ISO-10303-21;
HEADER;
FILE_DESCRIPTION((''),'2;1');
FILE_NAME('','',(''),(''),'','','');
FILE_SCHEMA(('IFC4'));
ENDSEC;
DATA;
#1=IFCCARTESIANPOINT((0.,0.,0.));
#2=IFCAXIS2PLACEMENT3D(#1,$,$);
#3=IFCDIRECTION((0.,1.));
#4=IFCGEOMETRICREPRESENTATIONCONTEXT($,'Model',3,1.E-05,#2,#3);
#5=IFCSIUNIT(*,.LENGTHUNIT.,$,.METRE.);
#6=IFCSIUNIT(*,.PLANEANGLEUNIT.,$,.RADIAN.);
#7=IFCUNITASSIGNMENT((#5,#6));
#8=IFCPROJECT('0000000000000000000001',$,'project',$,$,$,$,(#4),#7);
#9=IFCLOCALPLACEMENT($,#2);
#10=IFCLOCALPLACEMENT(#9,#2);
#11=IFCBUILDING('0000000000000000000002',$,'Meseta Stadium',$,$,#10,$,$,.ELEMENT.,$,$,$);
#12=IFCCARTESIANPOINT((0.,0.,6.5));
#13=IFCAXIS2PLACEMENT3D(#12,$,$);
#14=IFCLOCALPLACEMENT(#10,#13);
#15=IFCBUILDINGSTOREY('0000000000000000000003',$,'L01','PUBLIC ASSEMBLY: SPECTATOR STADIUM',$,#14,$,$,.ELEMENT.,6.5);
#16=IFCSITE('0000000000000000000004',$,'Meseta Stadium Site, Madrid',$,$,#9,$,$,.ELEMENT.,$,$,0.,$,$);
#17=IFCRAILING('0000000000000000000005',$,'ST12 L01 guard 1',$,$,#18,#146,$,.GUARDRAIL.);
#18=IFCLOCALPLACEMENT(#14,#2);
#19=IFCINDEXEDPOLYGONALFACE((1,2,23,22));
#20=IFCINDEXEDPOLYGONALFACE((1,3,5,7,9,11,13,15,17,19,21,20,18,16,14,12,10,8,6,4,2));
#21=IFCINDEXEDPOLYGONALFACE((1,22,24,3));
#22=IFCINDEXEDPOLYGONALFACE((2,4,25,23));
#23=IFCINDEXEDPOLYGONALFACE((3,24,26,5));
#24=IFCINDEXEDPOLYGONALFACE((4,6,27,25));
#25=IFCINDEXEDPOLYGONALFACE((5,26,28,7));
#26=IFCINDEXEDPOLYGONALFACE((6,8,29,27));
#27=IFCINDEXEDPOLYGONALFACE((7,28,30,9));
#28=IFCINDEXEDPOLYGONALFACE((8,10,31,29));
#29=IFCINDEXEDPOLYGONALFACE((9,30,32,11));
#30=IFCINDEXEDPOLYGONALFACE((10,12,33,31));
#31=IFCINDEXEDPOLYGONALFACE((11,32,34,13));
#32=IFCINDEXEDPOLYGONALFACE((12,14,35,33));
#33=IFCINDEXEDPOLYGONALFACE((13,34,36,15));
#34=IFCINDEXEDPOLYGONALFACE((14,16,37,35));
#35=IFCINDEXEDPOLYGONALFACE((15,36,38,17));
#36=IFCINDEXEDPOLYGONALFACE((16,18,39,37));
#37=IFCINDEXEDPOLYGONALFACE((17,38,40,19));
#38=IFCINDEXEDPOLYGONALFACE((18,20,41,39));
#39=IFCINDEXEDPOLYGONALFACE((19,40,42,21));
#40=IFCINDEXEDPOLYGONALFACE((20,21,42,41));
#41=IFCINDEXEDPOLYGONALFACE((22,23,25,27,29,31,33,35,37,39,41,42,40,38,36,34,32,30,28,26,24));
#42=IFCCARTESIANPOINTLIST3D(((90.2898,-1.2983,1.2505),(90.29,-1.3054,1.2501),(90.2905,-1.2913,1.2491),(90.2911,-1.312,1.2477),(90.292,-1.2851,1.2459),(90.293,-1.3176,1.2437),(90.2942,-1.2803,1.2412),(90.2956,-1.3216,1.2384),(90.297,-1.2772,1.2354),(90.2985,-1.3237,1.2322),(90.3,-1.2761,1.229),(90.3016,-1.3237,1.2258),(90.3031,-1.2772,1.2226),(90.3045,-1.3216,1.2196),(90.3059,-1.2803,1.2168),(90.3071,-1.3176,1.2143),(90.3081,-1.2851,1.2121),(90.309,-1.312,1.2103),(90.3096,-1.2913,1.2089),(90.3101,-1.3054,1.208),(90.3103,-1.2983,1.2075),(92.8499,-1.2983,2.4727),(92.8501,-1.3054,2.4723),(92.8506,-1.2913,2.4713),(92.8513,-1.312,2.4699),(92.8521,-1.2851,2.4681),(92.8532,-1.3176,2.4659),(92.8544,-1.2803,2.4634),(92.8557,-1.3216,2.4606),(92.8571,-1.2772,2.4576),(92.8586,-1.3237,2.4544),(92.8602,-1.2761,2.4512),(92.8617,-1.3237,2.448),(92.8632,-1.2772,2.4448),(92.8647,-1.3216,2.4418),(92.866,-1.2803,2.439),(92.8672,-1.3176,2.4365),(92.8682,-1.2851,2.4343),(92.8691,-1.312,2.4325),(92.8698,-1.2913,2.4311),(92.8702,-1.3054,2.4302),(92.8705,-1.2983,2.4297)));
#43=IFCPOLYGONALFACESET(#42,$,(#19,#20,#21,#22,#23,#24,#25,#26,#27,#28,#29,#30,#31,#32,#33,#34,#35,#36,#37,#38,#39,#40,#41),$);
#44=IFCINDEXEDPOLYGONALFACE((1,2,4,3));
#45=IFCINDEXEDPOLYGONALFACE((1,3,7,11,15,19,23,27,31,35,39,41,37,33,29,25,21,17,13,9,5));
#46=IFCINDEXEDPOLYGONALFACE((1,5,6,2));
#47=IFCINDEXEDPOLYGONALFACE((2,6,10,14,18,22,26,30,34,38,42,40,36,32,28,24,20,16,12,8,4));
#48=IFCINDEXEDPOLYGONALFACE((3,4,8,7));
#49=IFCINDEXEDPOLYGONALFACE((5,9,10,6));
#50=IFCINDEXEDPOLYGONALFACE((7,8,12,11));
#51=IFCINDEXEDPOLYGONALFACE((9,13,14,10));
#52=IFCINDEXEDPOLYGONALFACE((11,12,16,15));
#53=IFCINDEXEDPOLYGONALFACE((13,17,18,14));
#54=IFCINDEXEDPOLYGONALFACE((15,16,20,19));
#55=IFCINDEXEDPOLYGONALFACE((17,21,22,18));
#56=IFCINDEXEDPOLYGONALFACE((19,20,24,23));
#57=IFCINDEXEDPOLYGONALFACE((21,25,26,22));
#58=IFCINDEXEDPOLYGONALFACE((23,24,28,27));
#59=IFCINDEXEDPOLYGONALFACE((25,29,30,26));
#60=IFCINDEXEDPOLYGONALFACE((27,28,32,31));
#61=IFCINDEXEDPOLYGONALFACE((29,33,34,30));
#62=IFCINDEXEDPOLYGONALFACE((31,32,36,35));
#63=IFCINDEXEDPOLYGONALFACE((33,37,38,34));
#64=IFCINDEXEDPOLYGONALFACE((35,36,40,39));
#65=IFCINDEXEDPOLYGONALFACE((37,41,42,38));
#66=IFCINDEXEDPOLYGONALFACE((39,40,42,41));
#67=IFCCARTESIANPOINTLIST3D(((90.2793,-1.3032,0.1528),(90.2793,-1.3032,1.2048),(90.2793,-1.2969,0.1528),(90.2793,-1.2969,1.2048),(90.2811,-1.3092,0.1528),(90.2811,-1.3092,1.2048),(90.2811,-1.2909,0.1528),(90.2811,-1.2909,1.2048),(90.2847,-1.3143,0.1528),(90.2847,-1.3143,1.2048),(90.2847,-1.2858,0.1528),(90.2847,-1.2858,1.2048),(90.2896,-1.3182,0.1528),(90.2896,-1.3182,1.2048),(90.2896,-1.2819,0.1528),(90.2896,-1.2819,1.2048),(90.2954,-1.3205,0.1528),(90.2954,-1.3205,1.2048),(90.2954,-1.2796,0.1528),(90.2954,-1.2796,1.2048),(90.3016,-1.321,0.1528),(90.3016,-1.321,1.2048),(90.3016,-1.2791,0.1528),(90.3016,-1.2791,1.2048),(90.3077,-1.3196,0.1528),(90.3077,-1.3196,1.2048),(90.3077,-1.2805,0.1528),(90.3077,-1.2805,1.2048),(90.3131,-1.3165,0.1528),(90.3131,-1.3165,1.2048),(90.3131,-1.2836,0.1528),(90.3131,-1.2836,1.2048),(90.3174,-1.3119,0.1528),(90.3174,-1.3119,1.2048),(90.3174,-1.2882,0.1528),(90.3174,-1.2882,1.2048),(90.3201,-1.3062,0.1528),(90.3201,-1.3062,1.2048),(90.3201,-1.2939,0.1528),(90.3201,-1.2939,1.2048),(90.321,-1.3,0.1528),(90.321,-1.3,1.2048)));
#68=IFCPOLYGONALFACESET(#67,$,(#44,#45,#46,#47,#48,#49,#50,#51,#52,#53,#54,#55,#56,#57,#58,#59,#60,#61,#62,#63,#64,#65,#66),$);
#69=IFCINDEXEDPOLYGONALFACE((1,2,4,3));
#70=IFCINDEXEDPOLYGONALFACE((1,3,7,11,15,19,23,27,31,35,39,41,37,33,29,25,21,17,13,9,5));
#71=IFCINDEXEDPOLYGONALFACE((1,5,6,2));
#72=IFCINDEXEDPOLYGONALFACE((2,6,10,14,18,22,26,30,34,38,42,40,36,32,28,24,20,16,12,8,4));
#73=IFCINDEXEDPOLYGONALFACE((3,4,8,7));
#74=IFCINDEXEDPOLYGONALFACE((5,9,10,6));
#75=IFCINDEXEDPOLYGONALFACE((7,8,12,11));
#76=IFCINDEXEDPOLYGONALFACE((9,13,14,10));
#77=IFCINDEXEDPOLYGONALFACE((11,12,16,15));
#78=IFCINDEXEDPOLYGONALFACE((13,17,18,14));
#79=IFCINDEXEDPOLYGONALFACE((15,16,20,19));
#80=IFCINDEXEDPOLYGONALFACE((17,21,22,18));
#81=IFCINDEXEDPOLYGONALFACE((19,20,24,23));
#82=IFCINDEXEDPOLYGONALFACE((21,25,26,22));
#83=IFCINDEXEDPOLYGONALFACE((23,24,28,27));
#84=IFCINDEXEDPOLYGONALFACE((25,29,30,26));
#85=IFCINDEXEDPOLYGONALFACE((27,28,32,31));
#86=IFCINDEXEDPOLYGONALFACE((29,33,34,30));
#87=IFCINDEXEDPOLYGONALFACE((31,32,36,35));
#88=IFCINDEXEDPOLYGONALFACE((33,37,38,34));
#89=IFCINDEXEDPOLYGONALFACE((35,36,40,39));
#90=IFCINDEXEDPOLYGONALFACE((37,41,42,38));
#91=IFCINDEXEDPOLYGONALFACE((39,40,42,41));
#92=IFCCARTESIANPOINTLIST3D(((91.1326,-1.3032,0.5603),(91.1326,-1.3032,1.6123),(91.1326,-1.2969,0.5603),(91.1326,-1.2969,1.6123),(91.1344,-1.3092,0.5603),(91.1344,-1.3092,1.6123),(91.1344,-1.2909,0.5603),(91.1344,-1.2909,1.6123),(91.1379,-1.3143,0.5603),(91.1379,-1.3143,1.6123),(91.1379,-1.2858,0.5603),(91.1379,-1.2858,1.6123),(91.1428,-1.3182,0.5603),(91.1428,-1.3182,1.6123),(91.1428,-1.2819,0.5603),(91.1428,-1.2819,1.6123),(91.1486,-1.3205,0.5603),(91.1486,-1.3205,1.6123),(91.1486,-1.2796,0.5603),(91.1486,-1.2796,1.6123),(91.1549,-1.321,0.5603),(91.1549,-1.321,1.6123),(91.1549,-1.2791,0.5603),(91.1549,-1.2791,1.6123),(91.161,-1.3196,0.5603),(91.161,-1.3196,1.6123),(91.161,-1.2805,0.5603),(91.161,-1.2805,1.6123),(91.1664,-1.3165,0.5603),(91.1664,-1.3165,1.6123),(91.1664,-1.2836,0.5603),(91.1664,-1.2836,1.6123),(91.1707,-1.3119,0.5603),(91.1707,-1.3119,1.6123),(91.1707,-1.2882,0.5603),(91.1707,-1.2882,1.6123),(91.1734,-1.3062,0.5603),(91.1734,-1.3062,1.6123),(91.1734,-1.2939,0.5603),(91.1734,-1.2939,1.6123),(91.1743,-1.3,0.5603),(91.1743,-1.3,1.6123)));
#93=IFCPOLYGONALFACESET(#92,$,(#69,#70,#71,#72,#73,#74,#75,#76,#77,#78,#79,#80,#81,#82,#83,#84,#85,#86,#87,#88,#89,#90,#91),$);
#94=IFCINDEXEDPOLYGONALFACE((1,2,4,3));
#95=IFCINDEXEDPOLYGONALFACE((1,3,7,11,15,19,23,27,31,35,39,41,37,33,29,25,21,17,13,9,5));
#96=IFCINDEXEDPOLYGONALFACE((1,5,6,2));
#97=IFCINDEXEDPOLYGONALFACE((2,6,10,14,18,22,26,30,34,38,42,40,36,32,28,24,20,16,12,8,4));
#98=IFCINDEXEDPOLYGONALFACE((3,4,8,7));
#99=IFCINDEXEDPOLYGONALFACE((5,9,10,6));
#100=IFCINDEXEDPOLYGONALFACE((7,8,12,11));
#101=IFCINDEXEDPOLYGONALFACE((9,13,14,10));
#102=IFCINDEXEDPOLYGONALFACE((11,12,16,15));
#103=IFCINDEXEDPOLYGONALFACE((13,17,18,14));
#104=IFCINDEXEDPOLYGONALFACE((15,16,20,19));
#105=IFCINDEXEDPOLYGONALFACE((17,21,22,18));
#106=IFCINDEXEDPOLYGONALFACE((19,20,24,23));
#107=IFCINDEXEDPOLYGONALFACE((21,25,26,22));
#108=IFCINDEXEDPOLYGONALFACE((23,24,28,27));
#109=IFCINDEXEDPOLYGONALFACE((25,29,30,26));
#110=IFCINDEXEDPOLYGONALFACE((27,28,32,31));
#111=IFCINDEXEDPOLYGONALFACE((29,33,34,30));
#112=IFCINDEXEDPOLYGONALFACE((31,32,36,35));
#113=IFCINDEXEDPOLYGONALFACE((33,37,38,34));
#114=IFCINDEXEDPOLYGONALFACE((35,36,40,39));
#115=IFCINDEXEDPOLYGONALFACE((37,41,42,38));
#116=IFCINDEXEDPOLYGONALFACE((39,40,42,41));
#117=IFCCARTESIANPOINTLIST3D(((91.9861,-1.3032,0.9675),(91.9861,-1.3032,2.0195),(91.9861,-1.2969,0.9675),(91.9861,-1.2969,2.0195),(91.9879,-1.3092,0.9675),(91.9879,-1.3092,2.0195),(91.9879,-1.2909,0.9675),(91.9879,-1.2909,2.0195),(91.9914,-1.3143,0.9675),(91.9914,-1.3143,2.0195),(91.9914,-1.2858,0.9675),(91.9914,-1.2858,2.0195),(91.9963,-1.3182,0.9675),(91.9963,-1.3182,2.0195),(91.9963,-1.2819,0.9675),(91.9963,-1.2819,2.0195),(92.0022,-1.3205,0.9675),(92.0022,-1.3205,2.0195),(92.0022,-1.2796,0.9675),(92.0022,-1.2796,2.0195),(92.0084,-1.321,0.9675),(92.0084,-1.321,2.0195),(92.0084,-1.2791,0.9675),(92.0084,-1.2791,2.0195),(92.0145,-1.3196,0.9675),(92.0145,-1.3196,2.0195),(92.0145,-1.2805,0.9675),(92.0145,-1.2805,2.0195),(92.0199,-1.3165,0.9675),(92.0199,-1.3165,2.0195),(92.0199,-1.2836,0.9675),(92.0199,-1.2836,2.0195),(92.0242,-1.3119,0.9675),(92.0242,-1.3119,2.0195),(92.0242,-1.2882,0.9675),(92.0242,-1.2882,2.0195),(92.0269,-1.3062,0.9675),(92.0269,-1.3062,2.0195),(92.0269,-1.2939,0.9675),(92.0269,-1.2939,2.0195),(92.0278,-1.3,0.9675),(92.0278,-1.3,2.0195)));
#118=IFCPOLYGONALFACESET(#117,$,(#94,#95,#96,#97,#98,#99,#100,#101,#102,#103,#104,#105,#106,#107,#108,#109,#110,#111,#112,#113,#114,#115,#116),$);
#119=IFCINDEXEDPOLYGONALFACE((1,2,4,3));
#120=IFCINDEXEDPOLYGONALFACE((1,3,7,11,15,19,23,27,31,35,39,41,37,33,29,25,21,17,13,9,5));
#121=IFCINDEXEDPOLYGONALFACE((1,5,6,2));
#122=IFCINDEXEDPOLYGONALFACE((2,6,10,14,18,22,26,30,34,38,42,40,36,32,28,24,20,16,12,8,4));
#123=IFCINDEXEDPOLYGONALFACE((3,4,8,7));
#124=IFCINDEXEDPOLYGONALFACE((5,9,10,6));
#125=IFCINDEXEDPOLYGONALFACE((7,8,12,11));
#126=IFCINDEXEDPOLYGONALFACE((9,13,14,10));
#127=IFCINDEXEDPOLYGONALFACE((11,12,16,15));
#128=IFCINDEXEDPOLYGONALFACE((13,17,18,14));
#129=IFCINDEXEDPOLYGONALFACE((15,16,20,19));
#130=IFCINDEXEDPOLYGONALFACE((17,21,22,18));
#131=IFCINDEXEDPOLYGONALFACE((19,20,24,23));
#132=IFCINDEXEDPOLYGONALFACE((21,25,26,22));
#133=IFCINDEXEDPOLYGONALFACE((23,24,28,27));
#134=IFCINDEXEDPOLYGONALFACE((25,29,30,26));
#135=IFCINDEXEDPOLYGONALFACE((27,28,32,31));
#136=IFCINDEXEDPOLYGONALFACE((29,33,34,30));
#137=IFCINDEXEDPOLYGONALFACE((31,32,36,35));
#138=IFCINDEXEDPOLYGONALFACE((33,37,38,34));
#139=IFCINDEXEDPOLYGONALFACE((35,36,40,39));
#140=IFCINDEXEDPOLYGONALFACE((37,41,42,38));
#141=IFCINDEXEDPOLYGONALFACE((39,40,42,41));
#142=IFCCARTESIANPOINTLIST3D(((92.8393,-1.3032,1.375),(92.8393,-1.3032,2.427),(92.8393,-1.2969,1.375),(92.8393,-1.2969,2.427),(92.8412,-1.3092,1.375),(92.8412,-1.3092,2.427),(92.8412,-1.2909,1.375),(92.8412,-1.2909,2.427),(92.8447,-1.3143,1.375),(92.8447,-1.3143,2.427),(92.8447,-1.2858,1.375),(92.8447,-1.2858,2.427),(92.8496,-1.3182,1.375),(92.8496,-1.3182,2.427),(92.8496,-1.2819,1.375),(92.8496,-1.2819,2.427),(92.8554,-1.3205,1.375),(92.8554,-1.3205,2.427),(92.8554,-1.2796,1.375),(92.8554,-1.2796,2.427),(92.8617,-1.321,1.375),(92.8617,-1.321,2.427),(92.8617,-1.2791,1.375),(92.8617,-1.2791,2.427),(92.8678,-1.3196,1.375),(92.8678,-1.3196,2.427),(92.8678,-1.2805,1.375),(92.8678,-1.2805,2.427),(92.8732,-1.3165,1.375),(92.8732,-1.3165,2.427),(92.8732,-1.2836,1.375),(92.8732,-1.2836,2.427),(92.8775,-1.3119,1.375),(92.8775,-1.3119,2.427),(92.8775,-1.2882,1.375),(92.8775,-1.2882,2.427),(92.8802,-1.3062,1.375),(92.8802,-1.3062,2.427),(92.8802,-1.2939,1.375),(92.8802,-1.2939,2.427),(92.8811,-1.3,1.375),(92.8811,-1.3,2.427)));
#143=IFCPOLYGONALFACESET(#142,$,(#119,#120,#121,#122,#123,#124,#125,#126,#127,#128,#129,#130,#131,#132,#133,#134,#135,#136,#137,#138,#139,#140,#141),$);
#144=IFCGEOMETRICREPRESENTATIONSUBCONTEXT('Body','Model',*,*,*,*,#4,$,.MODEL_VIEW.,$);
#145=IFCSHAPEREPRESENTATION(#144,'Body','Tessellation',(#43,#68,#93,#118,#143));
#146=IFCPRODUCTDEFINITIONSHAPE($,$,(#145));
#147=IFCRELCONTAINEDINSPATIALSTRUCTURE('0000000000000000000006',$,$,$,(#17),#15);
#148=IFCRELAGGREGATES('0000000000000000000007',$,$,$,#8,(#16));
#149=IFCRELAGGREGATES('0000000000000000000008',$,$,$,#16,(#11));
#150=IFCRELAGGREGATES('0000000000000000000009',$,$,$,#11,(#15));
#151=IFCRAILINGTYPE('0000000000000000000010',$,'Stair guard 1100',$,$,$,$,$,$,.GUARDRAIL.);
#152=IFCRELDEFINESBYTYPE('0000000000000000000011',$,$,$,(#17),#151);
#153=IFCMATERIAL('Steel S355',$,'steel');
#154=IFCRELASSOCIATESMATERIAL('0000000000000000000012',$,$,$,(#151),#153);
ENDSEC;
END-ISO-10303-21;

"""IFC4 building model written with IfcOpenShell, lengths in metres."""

from ifc_helpers import new_model, si_unit, direction, frame, origin, origin_2d, place, context, subcontext, project, spatial, circle, extrude, material, type_object, element, save


model = new_model("IFC4")

# Units and contexts
model_context = context("Model", 3, precision=1e-05, world=origin(), true_north=direction((0.0, 1.0)))
body_context = subcontext(model_context, "Body", "Model", "MODEL_VIEW")
ifc_project = project(units=[si_unit("LENGTHUNIT", "METRE"), si_unit("PLANEANGLEUNIT", "RADIAN")], contexts=[model_context])

# Site, building, storey
site_placement = place(None, origin())
site = spatial("IfcSite", under=ifc_project, at=site_placement, Name="Meseta Stadium Site, Madrid", CompositionType="ELEMENT", RefElevation=0.0)
building_placement = place(site_placement, origin())
building = spatial("IfcBuilding", under=site, at=building_placement, Name="Meseta Stadium", CompositionType="ELEMENT")
storey_placement = place(building_placement, frame((0.0, 0.0, 6.5)))
storey = spatial("IfcBuildingStorey", under=building, at=storey_placement, Name="L01", Description="PUBLIC ASSEMBLY: SPECTATOR STADIUM", CompositionType="ELEMENT", Elevation=6.5)

# Railing
ifc_material_1 = material(Name="Steel S355", Category="steel")
railing_type_1 = type_object("IfcRailingType", Name="Stair guard 1100", PredefinedType="GUARDRAIL", material=ifc_material_1)
railing_1_placement = place(storey_placement, frame((90.3, -1.3, 0.1528)))
element("IfcRailing", 1, at=railing_1_placement, inside=storey, type_object=railing_type_1, Name="ST12 L01 guard 1", PredefinedType="GUARDRAIL", context=body_context, shape_type="SweptSolid", body=[
    extrude(circle(Radius=0.0239, at=origin_2d()), frame((0.0, 0.0, 1.0762), z_axis=(0.902437, 0.0, 0.430822), x_axis=(0.0, 1.0, 0.0)), (0.0, 0.0, 1.0), 2.8369),
    extrude(circle(Radius=0.021, at=origin_2d()), origin(), (0.0, 0.0, 1.0), 1.052),
    extrude(circle(Radius=0.021, at=origin_2d()), frame((0.8533, 0.0, 0.4075)), (0.0, 0.0, 1.0), 1.052),
    extrude(circle(Radius=0.021, at=origin_2d()), frame((1.7068, 0.0, 0.8147)), (0.0, 0.0, 1.0), 1.052),
    extrude(circle(Radius=0.021, at=origin_2d()), frame((2.5601, 0.0, 1.2222)), (0.0, 0.0, 1.0), 1.052),
])

save(model, "model.ifc")
